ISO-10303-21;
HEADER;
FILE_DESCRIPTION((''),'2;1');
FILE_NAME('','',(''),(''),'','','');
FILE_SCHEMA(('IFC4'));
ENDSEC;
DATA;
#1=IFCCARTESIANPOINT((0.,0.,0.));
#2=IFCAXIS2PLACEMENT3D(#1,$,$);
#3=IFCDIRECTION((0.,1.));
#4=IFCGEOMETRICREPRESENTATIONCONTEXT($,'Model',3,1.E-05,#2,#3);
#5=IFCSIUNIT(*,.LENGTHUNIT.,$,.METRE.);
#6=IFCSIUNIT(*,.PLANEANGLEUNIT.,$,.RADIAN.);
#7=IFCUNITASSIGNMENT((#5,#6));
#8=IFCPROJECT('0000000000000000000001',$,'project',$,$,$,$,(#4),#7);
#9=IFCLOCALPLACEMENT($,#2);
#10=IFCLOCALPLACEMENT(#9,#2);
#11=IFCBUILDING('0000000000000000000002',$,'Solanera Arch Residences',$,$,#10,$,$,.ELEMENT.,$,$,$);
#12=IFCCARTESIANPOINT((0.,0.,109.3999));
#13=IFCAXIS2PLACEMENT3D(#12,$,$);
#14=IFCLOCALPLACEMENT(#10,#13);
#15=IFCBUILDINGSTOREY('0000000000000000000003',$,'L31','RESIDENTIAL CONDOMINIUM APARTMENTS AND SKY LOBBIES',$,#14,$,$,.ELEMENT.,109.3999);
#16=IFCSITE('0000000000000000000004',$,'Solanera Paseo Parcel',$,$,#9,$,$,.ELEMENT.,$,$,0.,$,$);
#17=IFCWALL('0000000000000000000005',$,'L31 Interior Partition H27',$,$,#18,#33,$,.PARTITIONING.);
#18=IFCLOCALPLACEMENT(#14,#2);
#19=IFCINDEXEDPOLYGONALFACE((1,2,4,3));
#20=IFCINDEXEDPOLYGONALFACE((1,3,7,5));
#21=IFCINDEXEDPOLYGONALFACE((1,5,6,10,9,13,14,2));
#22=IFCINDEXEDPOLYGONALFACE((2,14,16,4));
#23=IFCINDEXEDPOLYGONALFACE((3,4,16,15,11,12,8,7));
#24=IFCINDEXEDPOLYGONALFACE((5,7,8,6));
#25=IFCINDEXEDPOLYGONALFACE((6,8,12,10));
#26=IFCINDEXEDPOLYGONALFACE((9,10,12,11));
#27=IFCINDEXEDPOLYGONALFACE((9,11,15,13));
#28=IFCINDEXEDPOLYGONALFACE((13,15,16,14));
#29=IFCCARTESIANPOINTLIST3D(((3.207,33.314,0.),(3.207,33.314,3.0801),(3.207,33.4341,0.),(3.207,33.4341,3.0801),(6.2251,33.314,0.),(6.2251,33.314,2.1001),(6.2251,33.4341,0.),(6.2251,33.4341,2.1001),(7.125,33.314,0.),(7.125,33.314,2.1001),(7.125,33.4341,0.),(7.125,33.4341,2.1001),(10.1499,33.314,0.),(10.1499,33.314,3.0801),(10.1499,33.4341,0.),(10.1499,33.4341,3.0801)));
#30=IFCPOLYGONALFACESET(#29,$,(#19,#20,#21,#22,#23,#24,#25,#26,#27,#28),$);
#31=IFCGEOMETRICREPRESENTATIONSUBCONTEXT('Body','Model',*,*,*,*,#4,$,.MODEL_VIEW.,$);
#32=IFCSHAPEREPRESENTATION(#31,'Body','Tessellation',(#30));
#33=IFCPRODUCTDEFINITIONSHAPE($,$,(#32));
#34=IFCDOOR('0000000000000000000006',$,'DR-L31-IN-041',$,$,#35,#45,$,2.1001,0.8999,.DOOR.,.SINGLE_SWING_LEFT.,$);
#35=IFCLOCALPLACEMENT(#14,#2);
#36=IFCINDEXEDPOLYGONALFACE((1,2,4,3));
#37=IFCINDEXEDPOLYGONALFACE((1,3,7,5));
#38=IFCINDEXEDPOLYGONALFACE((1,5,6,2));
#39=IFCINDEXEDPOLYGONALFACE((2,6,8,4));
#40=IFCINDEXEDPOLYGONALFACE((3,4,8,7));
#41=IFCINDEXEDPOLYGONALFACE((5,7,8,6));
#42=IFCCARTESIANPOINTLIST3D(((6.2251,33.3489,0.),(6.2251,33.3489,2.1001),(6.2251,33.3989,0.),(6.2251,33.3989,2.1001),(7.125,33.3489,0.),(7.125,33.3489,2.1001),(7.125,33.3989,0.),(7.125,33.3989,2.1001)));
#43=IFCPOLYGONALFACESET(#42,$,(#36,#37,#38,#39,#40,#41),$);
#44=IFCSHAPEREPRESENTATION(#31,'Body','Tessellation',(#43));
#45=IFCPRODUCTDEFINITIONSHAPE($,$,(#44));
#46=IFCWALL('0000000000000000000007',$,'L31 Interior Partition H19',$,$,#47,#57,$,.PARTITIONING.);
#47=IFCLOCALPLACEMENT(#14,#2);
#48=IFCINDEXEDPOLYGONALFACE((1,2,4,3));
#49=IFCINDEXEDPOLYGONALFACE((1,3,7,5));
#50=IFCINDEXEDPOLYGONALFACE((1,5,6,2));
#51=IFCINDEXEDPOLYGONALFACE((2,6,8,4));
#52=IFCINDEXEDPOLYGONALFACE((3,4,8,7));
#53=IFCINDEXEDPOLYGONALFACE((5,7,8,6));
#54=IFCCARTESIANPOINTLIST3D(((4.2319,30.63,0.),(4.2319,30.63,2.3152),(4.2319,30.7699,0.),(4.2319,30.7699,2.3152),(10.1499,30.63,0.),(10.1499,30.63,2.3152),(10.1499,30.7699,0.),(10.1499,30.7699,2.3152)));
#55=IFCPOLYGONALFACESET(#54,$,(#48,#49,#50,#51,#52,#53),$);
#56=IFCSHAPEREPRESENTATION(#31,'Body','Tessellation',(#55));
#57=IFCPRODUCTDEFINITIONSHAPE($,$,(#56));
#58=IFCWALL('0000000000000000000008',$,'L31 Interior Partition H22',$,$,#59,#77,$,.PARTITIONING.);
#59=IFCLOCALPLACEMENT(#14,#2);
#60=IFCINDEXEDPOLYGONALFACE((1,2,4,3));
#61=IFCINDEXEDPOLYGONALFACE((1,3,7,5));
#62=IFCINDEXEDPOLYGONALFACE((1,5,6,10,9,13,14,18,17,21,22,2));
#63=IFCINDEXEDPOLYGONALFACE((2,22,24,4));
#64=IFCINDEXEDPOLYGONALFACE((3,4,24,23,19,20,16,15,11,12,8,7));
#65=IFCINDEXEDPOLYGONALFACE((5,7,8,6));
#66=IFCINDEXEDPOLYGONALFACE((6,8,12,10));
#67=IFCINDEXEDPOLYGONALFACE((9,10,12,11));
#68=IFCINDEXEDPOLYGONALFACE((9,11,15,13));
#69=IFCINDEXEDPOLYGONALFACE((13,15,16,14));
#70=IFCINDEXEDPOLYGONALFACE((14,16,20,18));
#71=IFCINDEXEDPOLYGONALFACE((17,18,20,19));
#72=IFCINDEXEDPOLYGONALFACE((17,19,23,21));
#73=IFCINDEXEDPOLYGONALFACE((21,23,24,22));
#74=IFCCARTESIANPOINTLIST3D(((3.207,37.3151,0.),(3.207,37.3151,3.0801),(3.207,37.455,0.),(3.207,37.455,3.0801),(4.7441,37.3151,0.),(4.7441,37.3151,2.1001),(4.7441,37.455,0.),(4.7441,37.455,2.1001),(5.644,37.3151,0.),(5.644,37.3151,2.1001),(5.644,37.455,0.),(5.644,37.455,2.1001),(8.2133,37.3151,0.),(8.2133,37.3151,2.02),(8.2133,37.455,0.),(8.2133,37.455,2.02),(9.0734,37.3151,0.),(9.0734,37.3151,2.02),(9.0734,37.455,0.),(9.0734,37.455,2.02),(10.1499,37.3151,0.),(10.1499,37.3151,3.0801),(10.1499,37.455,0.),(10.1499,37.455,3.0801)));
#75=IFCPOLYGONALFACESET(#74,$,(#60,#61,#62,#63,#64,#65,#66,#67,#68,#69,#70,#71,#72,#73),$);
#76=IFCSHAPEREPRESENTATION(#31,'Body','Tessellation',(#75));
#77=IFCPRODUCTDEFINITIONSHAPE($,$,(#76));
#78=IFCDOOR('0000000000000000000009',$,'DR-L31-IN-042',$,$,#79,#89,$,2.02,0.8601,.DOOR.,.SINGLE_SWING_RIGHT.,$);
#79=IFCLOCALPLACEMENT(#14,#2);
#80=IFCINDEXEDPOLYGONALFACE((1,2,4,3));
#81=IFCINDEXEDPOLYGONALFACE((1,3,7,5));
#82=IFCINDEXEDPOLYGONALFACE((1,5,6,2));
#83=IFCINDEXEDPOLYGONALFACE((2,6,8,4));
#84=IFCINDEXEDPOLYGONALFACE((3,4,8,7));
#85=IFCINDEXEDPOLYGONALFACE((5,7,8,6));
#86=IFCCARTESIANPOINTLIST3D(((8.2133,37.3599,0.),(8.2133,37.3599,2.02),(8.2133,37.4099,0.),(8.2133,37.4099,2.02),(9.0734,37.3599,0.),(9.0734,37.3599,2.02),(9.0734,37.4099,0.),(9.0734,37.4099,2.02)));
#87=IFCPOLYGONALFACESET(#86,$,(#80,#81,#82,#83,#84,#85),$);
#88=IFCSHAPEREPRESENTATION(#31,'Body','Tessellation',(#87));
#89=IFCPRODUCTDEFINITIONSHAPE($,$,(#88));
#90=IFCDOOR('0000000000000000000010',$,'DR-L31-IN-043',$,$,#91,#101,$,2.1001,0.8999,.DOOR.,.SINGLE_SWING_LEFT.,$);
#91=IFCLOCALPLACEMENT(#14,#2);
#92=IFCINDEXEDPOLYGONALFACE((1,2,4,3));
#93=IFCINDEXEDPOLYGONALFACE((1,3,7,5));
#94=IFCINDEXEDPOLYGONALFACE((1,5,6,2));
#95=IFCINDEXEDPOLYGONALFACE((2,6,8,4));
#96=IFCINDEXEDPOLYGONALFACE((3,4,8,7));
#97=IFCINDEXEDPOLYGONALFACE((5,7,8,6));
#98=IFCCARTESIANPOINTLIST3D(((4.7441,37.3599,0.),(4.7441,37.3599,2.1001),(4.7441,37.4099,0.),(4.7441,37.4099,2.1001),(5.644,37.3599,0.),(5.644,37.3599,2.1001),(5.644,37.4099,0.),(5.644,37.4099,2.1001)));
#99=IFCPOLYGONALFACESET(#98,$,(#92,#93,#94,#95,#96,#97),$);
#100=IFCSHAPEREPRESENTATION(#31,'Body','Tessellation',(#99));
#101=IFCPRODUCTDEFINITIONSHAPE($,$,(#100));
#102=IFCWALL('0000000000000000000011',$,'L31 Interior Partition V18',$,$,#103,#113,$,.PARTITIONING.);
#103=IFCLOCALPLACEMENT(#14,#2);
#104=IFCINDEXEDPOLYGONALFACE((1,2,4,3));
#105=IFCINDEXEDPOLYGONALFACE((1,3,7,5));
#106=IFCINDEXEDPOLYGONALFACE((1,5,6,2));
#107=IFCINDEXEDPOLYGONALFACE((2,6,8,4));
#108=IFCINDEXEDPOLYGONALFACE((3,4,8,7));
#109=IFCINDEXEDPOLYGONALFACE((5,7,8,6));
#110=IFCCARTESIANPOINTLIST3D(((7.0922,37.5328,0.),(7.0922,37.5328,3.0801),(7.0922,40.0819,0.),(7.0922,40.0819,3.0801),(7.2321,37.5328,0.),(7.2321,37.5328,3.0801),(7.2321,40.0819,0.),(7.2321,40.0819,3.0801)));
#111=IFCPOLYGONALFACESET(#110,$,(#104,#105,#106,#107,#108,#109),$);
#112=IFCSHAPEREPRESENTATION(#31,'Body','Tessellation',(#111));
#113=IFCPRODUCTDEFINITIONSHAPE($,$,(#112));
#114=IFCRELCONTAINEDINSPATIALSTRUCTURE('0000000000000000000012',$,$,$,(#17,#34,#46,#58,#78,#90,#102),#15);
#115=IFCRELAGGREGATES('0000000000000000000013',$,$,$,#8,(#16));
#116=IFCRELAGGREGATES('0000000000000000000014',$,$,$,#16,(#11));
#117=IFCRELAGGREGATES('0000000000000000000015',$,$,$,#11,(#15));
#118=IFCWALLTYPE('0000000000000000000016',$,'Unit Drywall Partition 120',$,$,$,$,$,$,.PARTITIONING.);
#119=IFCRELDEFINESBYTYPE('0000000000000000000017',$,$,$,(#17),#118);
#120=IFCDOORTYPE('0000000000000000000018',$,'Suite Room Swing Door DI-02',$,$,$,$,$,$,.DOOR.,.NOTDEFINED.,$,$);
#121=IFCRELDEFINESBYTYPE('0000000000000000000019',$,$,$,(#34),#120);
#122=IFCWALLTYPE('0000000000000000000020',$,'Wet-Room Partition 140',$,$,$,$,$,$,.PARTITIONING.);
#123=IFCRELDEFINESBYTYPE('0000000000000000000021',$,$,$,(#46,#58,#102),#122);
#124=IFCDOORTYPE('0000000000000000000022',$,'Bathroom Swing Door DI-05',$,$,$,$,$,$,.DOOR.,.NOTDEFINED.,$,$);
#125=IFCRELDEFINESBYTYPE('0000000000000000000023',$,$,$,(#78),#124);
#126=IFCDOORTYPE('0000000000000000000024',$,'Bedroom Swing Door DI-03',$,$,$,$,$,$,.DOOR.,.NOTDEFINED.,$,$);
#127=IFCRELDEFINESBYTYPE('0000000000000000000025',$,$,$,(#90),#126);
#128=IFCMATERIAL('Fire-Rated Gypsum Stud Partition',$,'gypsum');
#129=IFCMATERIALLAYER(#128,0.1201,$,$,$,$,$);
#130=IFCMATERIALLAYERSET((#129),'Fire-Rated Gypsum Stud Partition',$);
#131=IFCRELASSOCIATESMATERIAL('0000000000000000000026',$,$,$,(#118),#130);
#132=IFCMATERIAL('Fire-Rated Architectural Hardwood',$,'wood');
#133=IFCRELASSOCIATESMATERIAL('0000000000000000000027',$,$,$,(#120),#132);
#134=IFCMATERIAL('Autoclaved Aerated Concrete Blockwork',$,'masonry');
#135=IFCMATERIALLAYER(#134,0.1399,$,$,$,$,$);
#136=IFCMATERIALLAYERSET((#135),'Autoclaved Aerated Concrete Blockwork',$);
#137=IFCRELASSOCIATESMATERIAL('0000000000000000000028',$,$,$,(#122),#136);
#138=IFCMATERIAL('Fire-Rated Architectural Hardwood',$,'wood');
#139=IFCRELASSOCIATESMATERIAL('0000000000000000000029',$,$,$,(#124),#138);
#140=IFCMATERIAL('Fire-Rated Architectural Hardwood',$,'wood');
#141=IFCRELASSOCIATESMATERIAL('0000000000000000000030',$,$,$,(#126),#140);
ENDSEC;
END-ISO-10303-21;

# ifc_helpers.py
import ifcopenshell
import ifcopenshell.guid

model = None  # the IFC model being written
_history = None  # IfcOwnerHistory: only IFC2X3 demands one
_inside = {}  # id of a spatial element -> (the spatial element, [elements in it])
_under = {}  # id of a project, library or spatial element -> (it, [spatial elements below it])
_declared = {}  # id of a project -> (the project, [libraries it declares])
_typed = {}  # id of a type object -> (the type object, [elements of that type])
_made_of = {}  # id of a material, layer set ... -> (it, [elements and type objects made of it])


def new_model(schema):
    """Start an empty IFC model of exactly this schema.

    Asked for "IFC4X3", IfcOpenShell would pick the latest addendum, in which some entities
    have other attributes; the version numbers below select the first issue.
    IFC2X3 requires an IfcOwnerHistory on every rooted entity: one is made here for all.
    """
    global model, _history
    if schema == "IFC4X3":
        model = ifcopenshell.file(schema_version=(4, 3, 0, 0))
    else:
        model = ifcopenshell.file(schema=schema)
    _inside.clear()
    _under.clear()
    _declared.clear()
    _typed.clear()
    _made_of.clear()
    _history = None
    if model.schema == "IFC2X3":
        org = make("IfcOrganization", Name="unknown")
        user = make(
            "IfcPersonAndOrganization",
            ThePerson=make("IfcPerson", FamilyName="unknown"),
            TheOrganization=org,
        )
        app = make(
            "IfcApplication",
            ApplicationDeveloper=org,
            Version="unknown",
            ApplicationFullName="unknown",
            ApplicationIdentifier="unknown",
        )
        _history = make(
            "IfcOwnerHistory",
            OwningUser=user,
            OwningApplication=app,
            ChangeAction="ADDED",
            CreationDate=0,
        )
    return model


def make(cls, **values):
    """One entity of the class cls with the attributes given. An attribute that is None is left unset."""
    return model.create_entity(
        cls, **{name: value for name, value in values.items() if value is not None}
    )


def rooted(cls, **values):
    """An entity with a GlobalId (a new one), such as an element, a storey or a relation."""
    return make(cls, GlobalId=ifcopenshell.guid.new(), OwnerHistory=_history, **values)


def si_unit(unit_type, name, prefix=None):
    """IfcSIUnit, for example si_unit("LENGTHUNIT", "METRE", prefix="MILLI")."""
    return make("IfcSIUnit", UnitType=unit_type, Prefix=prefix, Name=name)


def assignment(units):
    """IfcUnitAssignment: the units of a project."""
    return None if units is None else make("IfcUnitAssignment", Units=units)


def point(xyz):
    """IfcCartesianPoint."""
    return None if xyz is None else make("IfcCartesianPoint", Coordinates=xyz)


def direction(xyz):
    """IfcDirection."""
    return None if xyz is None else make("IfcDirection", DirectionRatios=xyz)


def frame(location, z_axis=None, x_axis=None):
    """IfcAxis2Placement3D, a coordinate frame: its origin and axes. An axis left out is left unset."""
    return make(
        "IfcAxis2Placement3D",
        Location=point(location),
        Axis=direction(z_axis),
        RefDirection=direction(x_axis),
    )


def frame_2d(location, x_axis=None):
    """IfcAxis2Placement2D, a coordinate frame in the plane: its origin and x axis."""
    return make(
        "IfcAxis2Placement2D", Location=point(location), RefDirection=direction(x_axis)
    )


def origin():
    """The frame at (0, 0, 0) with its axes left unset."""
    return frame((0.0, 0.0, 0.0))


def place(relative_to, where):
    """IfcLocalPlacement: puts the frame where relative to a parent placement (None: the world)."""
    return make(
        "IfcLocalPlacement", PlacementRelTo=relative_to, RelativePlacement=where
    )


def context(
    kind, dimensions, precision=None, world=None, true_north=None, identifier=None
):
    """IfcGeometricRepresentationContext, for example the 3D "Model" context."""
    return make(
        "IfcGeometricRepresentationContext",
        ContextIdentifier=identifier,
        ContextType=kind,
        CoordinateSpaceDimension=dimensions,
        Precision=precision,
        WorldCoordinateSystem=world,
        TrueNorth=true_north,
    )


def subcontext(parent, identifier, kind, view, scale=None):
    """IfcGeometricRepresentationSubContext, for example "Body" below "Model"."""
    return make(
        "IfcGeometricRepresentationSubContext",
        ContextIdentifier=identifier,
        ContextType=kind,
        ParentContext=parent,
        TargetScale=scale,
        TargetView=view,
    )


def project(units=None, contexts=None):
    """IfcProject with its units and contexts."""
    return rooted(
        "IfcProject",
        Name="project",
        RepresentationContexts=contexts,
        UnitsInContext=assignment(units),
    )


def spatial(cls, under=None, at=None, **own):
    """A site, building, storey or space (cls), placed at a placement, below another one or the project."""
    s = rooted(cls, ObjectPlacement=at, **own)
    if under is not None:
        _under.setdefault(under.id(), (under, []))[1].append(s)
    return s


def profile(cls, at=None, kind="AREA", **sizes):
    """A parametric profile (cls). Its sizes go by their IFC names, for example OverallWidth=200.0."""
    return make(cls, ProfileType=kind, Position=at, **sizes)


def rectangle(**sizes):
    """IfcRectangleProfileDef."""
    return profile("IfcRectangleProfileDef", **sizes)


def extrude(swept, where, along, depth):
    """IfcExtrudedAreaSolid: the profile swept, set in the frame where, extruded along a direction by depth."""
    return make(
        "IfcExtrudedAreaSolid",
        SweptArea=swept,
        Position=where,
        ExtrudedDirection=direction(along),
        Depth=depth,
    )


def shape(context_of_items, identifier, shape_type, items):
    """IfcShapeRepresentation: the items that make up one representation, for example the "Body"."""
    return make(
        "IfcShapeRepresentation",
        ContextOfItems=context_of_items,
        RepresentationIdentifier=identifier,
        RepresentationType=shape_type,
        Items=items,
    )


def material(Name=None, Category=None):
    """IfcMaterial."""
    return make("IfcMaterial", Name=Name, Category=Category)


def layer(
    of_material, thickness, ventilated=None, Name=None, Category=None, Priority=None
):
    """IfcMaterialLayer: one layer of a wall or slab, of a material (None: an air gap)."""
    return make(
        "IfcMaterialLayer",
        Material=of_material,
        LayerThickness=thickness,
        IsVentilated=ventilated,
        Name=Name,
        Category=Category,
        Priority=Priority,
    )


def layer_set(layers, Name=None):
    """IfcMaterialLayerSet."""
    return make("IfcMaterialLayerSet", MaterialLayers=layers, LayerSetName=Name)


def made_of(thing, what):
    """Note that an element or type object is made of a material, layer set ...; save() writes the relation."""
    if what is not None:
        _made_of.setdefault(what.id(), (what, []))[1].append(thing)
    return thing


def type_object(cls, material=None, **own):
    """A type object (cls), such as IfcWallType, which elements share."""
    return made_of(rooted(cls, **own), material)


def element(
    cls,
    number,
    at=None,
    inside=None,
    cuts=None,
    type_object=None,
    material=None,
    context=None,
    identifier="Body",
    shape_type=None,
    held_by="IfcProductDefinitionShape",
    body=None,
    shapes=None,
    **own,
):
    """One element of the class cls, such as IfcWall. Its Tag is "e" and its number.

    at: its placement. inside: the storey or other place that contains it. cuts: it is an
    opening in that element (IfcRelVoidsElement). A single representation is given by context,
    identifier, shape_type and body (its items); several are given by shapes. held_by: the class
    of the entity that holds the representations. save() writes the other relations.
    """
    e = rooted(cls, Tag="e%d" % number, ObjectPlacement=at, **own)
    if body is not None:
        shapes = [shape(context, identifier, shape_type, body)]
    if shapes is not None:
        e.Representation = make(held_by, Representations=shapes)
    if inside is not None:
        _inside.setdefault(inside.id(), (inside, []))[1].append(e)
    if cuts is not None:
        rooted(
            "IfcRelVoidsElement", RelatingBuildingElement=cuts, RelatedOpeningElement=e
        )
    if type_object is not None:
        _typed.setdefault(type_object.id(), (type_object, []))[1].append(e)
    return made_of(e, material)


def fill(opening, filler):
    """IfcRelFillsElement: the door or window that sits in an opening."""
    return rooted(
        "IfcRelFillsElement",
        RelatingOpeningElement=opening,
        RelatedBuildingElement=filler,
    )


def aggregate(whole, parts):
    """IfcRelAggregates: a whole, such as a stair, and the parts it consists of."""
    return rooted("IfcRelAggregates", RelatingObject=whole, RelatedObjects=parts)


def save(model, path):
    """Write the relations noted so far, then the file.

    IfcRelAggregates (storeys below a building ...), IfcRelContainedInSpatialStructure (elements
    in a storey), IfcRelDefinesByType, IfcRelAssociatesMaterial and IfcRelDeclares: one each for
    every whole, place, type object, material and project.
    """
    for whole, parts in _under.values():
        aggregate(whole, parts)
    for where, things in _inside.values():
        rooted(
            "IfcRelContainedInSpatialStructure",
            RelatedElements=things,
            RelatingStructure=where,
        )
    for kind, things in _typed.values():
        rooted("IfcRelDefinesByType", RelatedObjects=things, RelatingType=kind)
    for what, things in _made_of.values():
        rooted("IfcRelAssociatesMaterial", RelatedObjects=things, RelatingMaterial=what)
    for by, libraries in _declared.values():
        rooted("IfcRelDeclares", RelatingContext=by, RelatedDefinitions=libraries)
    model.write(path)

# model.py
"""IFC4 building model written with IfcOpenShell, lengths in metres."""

from ifc_helpers import new_model, si_unit, direction, frame, frame_2d, origin, place, context, subcontext, project, spatial, rectangle, extrude, material, layer, layer_set, type_object, element, fill, save


model = new_model("IFC4")

# Units and contexts
model_context = context("Model", 3, precision=1e-05, world=origin(), true_north=direction((0.0, 1.0)))
body_context = subcontext(model_context, "Body", "Model", "MODEL_VIEW")
ifc_project = project(units=[si_unit("LENGTHUNIT", "METRE"), si_unit("PLANEANGLEUNIT", "RADIAN")], contexts=[model_context])

# Site, building, storey
site_placement = place(None, origin())
site = spatial("IfcSite", under=ifc_project, at=site_placement, Name="Solanera Paseo Parcel", CompositionType="ELEMENT", RefElevation=0.0)
building_placement = place(site_placement, origin())
building = spatial("IfcBuilding", under=site, at=building_placement, Name="Solanera Arch Residences", CompositionType="ELEMENT")
storey_placement = place(building_placement, frame((0.0, 0.0, 109.3999)))
storey = spatial("IfcBuildingStorey", under=building, at=storey_placement, Name="L31", Description="RESIDENTIAL CONDOMINIUM APARTMENTS AND SKY LOBBIES", CompositionType="ELEMENT", Elevation=109.3999)

# Wall, opening, door
ifc_material_1 = material(Name="Fire-Rated Gypsum Stud Partition", Category="gypsum")
ifc_layer_1 = layer(ifc_material_1, 0.1201)
ifc_layer_set_1 = layer_set([ifc_layer_1], Name="Fire-Rated Gypsum Stud Partition")
wall_type_1 = type_object("IfcWallType", Name="Unit Drywall Partition 120", PredefinedType="PARTITIONING", material=ifc_layer_set_1)
wall_1_placement = place(storey_placement, frame((3.207, 33.374, 0.0), z_axis=(0.0, 0.0, 1.0), x_axis=(1.0, 0.0, 0.0)))
wall_1 = element("IfcWall", 1, at=wall_1_placement, inside=storey, type_object=wall_type_1, Name="L31 Interior Partition H27", PredefinedType="PARTITIONING", context=body_context, shape_type="SweptSolid", body=[
    extrude(rectangle(XDim=6.9429, YDim=0.1201, at=frame_2d((3.4714, 0.0))), origin(), (0.0, 0.0, 1.0), 3.0801),
])
opening_1_placement = place(wall_1_placement, frame((3.0181, 0.0, 0.0)))
opening_1 = element("IfcOpeningElement", 2, at=opening_1_placement, cuts=wall_1, PredefinedType="OPENING", context=body_context, shape_type="SweptSolid", body=[
    extrude(rectangle(XDim=0.8999, YDim=2.1001, at=frame_2d((0.45, 1.05))), frame((0.0, 0.0701, 0.0), z_axis=(0.0, -1.0, 0.0), x_axis=(1.0, 0.0, 0.0)), (0.0, 0.0, 1.0), 0.1401),
])
ifc_material_2 = material(Name="Fire-Rated Architectural Hardwood", Category="wood")
door_type_1 = type_object("IfcDoorType", Name="Suite Room Swing Door DI-02", OperationType="NOTDEFINED", PredefinedType="DOOR", material=ifc_material_2)
door_1_placement = place(opening_1_placement, origin())
door_1 = element("IfcDoor", 3, at=door_1_placement, inside=storey, type_object=door_type_1, Name="DR-L31-IN-041", OperationType="SINGLE_SWING_LEFT", OverallHeight=2.1001, OverallWidth=0.8999, PredefinedType="DOOR", context=body_context, shape_type="SweptSolid", body=[
    extrude(rectangle(XDim=0.8999, YDim=2.1001, at=frame_2d((0.45, 1.05))), frame((0.0, 0.0249, 0.0), z_axis=(0.0, -1.0, 0.0), x_axis=(1.0, 0.0, 0.0)), (0.0, 0.0, 1.0), 0.05),
])
fill(opening_1, door_1)

# Wall
ifc_material_3 = material(Name="Autoclaved Aerated Concrete Blockwork", Category="masonry")
ifc_layer_2 = layer(ifc_material_3, 0.1399)
ifc_layer_set_2 = layer_set([ifc_layer_2], Name="Autoclaved Aerated Concrete Blockwork")
wall_type_2 = type_object("IfcWallType", Name="Wet-Room Partition 140", PredefinedType="PARTITIONING", material=ifc_layer_set_2)
wall_2_placement = place(storey_placement, frame((4.2319, 30.7, 0.0), z_axis=(0.0, 0.0, 1.0), x_axis=(1.0, 0.0, 0.0)))
element("IfcWall", 4, at=wall_2_placement, inside=storey, type_object=wall_type_2, Name="L31 Interior Partition H19", PredefinedType="PARTITIONING", context=body_context, shape_type="SweptSolid", body=[
    extrude(rectangle(XDim=5.918, YDim=0.1399, at=frame_2d((2.959, 0.0))), origin(), (0.0, 0.0, 1.0), 2.3152),
])

# Wall, openings, doors
wall_3_placement = place(storey_placement, frame((3.207, 37.385, 0.0), z_axis=(0.0, 0.0, 1.0), x_axis=(1.0, 0.0, 0.0)))
wall_3 = element("IfcWall", 5, at=wall_3_placement, inside=storey, type_object=wall_type_2, Name="L31 Interior Partition H22", PredefinedType="PARTITIONING", context=body_context, shape_type="SweptSolid", body=[
    extrude(rectangle(XDim=6.9429, YDim=0.1399, at=frame_2d((3.4714, 0.0))), origin(), (0.0, 0.0, 1.0), 3.0801),
])
opening_2_placement = place(wall_3_placement, frame((5.0061, 0.0, 0.0)))
opening_2 = element("IfcOpeningElement", 6, at=opening_2_placement, cuts=wall_3, PredefinedType="OPENING", context=body_context, shape_type="SweptSolid", body=[
    extrude(rectangle(XDim=0.8601, YDim=2.02, at=frame_2d((0.4302, 1.01))), frame((0.0, 0.0798, 0.0), z_axis=(0.0, -1.0, 0.0), x_axis=(1.0, 0.0, 0.0)), (0.0, 0.0, 1.0), 0.1599),
])
opening_3_placement = place(wall_3_placement, frame((1.5371, 0.0, 0.0)))
opening_3 = element("IfcOpeningElement", 7, at=opening_3_placement, cuts=wall_3, PredefinedType="OPENING", context=body_context, shape_type="SweptSolid", body=[
    extrude(rectangle(XDim=0.8999, YDim=2.1001, at=frame_2d((0.45, 1.05))), frame((0.0, 0.0798, 0.0), z_axis=(0.0, -1.0, 0.0), x_axis=(1.0, 0.0, 0.0)), (0.0, 0.0, 1.0), 0.1599),
])
ifc_material_4 = material(Name="Fire-Rated Architectural Hardwood", Category="wood")
door_type_2 = type_object("IfcDoorType", Name="Bathroom Swing Door DI-05", OperationType="NOTDEFINED", PredefinedType="DOOR", material=ifc_material_4)
door_2_placement = place(opening_2_placement, origin())
door_2 = element("IfcDoor", 8, at=door_2_placement, inside=storey, type_object=door_type_2, Name="DR-L31-IN-042", OperationType="SINGLE_SWING_RIGHT", OverallHeight=2.02, OverallWidth=0.8601, PredefinedType="DOOR", context=body_context, shape_type="SweptSolid", body=[
    extrude(rectangle(XDim=0.8601, YDim=2.02, at=frame_2d((0.4302, 1.01))), frame((0.0, 0.0249, 0.0), z_axis=(0.0, -1.0, 0.0), x_axis=(1.0, 0.0, 0.0)), (0.0, 0.0, 1.0), 0.05),
])
fill(opening_2, door_2)
ifc_material_5 = material(Name="Fire-Rated Architectural Hardwood", Category="wood")
door_type_3 = type_object("IfcDoorType", Name="Bedroom Swing Door DI-03", OperationType="NOTDEFINED", PredefinedType="DOOR", material=ifc_material_5)
door_3_placement = place(opening_3_placement, origin())
door_3 = element("IfcDoor", 9, at=door_3_placement, inside=storey, type_object=door_type_3, Name="DR-L31-IN-043", OperationType="SINGLE_SWING_LEFT", OverallHeight=2.1001, OverallWidth=0.8999, PredefinedType="DOOR", context=body_context, shape_type="SweptSolid", body=[
    extrude(rectangle(XDim=0.8999, YDim=2.1001, at=frame_2d((0.45, 1.05))), frame((0.0, 0.0249, 0.0), z_axis=(0.0, -1.0, 0.0), x_axis=(1.0, 0.0, 0.0)), (0.0, 0.0, 1.0), 0.05),
])
fill(opening_3, door_3)

# Wall
wall_4_placement = place(storey_placement, frame((7.1621, 37.533, 0.0), z_axis=(0.0, 0.0, 1.0), x_axis=(0.0, 1.0, 0.0)))
element("IfcWall", 10, at=wall_4_placement, inside=storey, type_object=wall_type_2, Name="L31 Interior Partition V18", PredefinedType="PARTITIONING", context=body_context, shape_type="SweptSolid", body=[
    extrude(rectangle(XDim=2.5491, YDim=0.1399, at=frame_2d((1.2744, 0.0))), origin(), (0.0, 0.0, 1.0), 3.0801),
])

save(model, "model.ifc")
